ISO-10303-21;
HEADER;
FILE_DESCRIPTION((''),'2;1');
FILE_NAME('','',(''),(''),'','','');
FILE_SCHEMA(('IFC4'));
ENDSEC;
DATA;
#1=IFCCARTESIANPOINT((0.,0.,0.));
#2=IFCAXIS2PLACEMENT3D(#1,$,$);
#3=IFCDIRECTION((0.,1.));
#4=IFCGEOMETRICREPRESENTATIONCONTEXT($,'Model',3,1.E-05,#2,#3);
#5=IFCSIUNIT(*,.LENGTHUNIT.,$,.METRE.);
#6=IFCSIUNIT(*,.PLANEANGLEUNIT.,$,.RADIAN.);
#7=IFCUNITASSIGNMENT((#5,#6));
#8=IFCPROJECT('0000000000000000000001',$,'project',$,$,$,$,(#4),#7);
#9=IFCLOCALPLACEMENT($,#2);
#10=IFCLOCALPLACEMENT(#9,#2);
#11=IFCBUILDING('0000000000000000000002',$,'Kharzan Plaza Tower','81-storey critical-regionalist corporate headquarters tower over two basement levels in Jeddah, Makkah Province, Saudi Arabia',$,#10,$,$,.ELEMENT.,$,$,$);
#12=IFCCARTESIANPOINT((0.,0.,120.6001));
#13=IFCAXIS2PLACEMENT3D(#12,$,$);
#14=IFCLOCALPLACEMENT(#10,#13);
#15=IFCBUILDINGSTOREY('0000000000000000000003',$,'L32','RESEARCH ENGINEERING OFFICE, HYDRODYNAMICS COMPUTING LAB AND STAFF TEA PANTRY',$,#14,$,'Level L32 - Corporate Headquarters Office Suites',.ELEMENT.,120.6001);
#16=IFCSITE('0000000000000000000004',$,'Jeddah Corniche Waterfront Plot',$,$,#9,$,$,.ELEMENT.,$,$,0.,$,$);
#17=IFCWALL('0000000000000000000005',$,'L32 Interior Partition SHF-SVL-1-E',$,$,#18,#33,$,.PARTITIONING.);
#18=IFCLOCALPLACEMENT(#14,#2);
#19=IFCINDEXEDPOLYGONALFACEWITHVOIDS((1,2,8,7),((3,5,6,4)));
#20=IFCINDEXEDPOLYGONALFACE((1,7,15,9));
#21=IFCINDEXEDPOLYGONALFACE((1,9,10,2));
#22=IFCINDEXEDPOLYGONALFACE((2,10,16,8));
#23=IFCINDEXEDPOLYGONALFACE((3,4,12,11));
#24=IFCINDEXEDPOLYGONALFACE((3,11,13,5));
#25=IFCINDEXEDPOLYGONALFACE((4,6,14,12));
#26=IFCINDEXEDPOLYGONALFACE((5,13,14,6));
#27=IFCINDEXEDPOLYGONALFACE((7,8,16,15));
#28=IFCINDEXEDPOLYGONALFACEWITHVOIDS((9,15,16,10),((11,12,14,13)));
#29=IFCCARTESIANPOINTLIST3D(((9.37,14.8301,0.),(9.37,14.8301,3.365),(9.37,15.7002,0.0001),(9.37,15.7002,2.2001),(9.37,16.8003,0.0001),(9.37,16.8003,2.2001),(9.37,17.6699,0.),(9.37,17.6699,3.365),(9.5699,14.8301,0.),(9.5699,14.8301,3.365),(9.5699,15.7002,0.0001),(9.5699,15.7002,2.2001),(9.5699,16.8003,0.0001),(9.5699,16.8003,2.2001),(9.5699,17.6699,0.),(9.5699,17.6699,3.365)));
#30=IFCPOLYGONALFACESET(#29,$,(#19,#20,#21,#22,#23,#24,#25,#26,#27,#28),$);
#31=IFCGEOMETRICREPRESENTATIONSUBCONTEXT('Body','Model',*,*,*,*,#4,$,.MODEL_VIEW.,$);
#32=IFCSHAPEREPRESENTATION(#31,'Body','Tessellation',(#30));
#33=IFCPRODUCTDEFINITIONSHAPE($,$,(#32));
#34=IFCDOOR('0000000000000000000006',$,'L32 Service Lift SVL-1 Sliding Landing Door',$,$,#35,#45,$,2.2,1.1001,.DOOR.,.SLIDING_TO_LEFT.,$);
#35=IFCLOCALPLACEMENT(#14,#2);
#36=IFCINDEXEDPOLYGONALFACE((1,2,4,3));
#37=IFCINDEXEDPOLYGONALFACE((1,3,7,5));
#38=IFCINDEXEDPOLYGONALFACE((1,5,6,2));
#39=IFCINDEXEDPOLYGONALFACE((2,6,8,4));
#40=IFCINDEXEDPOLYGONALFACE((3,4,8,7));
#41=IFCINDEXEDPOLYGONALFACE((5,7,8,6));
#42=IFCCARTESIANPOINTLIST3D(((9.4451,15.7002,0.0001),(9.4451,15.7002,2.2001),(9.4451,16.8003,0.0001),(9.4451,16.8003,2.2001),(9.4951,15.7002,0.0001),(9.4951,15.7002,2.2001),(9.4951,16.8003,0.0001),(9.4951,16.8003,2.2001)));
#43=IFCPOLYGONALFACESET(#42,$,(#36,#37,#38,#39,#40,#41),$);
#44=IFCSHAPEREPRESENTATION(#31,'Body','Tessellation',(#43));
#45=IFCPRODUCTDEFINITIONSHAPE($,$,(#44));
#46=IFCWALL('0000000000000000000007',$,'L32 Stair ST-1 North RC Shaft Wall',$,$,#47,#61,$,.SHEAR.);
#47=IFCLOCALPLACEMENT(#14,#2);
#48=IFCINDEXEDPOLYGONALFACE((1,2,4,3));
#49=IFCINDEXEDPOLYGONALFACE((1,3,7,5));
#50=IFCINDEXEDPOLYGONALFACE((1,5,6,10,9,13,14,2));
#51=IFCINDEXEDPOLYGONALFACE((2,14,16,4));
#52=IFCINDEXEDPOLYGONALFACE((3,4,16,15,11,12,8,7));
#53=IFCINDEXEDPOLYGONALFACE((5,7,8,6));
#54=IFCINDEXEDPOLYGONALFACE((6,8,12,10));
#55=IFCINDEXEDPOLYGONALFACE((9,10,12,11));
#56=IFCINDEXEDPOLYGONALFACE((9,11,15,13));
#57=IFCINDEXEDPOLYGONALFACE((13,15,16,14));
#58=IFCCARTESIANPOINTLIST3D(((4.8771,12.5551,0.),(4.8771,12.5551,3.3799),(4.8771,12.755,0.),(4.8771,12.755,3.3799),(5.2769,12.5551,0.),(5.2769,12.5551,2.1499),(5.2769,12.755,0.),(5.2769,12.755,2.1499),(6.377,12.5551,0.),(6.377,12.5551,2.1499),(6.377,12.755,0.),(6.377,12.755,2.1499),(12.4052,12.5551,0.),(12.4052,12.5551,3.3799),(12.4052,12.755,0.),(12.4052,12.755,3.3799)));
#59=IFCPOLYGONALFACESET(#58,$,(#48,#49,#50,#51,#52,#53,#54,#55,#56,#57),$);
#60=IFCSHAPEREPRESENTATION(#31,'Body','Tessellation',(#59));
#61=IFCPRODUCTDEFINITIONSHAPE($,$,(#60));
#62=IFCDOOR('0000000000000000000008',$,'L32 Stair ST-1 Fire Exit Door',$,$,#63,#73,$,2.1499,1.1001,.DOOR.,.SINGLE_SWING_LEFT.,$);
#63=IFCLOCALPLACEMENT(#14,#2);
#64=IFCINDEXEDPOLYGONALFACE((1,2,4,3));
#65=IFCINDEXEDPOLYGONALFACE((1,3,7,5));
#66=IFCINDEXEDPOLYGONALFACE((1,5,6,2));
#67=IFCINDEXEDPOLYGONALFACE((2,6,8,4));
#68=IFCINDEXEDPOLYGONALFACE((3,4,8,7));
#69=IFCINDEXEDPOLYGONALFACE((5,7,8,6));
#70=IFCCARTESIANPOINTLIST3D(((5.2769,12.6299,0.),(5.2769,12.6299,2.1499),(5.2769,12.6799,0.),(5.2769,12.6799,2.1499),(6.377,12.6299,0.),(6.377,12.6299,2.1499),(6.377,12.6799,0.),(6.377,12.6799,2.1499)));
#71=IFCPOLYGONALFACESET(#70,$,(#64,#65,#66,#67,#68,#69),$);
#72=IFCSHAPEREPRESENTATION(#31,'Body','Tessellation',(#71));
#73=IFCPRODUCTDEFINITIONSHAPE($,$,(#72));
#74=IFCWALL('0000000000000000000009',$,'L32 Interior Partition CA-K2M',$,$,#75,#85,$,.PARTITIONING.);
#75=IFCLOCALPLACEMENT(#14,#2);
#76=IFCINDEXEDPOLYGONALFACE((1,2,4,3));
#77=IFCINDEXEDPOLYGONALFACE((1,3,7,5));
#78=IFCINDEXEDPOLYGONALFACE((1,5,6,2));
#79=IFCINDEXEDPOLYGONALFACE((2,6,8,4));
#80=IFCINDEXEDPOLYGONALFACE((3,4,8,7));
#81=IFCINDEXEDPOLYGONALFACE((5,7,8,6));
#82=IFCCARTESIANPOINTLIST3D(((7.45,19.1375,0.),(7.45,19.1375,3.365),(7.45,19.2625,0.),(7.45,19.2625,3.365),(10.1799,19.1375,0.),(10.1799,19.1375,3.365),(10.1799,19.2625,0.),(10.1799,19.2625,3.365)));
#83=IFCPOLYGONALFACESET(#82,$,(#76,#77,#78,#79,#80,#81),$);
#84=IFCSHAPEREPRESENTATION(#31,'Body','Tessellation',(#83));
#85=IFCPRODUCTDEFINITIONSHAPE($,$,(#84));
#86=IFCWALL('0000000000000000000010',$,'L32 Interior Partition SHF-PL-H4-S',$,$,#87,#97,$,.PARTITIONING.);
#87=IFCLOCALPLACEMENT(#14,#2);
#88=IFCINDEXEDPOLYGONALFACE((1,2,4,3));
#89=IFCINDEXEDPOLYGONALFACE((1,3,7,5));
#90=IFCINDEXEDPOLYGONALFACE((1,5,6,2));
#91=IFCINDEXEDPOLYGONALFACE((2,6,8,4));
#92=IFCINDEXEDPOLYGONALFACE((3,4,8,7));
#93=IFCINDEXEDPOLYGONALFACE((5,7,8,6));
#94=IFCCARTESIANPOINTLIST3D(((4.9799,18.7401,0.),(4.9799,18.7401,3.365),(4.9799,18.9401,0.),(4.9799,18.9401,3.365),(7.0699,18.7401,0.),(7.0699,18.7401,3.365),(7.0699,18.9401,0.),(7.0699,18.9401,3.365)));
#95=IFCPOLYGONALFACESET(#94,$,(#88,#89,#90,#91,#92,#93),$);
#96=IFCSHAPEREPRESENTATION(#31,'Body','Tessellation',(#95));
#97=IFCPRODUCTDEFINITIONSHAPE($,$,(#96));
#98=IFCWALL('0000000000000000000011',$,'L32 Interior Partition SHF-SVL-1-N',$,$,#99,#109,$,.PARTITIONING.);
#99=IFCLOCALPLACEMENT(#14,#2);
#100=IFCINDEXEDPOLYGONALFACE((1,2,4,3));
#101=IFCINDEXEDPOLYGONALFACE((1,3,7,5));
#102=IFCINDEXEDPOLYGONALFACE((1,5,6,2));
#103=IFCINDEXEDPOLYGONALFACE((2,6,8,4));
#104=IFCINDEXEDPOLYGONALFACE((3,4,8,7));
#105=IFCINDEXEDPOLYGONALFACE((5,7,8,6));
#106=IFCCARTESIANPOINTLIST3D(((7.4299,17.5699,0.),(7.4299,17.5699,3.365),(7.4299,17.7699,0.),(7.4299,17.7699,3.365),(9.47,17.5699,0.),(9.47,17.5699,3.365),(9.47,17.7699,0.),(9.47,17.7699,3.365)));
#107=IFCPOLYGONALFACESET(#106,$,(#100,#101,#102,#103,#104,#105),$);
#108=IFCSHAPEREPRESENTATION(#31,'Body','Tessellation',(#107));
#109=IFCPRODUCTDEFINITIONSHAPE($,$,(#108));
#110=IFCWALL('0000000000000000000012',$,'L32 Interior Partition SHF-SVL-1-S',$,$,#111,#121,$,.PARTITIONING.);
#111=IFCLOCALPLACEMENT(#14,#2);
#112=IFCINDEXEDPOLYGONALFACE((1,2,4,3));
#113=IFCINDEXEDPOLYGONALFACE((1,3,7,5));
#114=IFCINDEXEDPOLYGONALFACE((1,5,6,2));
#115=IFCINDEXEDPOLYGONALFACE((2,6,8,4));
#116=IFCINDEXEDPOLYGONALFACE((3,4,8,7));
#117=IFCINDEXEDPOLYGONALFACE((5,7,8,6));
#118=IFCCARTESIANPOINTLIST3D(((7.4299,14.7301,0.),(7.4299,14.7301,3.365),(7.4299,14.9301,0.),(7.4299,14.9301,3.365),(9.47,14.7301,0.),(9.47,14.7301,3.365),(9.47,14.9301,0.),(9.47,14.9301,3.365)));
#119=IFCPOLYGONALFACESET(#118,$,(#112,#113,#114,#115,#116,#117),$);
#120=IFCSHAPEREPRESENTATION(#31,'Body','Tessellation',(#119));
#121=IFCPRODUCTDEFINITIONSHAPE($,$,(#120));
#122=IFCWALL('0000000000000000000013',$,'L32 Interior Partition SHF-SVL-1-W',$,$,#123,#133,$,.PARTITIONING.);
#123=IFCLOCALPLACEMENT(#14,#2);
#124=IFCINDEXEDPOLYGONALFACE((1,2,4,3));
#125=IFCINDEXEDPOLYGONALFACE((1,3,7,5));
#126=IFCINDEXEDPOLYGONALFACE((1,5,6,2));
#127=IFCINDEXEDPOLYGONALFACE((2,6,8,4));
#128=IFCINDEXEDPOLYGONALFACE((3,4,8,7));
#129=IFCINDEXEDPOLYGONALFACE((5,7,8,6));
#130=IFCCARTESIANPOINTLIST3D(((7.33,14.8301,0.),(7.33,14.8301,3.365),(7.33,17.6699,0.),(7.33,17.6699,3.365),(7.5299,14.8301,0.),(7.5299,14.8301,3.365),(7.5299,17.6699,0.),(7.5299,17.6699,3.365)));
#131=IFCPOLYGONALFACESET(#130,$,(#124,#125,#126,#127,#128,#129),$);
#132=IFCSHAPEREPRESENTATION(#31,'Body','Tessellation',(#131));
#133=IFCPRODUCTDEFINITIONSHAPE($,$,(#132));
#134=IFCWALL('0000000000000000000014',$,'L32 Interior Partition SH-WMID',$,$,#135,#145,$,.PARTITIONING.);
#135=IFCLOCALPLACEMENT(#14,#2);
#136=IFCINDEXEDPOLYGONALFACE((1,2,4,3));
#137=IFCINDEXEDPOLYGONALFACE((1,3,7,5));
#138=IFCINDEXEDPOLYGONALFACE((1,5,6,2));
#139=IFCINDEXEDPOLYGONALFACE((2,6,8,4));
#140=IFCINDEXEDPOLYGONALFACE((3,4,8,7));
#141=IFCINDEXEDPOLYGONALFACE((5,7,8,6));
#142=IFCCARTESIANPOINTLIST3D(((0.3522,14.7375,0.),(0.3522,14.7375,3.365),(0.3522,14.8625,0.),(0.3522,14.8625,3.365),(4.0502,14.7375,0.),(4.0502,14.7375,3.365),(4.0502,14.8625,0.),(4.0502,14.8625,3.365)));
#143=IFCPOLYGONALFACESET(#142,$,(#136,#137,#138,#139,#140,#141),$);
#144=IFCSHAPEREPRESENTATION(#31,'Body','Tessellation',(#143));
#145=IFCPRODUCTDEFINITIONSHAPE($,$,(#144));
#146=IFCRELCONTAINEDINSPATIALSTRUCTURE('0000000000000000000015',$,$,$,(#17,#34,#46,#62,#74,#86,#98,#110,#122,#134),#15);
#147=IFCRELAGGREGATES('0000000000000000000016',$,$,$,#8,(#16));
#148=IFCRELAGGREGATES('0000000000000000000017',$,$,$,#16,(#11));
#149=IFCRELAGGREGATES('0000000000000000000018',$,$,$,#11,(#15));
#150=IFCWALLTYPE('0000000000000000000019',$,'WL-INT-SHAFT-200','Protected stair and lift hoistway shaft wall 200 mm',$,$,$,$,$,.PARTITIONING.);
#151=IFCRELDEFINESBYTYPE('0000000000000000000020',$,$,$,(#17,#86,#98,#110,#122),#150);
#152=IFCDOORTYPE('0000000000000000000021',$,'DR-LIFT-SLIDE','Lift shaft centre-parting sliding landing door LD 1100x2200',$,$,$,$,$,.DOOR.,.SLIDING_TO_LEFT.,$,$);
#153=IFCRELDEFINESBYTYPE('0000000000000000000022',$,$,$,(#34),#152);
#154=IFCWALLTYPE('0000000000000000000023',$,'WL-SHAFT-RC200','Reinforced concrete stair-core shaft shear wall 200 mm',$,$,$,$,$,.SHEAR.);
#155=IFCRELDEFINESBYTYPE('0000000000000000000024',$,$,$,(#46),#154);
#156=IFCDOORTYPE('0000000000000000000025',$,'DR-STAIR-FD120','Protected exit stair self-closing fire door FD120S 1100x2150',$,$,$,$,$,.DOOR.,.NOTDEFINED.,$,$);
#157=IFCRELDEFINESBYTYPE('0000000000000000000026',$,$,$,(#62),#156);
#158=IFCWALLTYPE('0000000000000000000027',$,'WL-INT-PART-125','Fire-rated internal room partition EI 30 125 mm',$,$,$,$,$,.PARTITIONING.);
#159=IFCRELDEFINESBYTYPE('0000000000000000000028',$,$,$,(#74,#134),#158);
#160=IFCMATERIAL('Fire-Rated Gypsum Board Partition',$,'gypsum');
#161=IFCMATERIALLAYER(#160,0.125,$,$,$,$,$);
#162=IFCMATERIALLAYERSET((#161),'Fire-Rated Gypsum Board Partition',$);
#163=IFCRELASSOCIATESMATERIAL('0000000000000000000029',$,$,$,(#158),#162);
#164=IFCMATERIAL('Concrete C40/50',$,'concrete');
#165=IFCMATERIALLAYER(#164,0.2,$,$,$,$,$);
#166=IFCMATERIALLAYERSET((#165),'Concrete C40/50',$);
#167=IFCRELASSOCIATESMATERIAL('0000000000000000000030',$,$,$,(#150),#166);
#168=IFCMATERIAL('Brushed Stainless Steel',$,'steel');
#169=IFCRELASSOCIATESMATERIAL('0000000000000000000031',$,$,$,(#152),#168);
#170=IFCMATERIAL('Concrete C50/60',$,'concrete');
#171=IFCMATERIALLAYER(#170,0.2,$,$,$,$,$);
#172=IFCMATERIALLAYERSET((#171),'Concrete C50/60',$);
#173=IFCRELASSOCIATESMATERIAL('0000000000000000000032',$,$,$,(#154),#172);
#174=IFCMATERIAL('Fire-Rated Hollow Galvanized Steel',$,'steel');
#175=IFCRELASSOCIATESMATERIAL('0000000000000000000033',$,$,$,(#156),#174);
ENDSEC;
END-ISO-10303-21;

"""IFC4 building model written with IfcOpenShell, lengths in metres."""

from ifc_helpers import new_model, si_unit, direction, frame, frame_2d, origin, place, context, subcontext, project, spatial, rectangle, extrude, source, transform, mapped, material, layer, layer_set, type_object, element, fill, save


model = new_model("IFC4")

# Units and contexts
model_context = context("Model", 3, precision=1e-05, world=origin(), true_north=direction((0.0, 1.0)))
body_context = subcontext(model_context, "Body", "Model", "MODEL_VIEW")
ifc_project = project(units=[si_unit("LENGTHUNIT", "METRE"), si_unit("PLANEANGLEUNIT", "RADIAN")], contexts=[model_context])

# Site, building, storey
site_placement = place(None, origin())
site = spatial("IfcSite", under=ifc_project, at=site_placement, Name="Jeddah Corniche Waterfront Plot", CompositionType="ELEMENT", RefElevation=0.0)
building_placement = place(site_placement, origin())
building = spatial("IfcBuilding", under=site, at=building_placement, Name="Kharzan Plaza Tower", Description="81-storey critical-regionalist corporate headquarters tower over two basement levels in Jeddah, Makkah Province, Saudi Arabia", CompositionType="ELEMENT")
storey_placement = place(building_placement, frame((0.0, 0.0, 120.6001)))
storey = spatial("IfcBuildingStorey", under=building, at=storey_placement, Name="L32", Description="RESEARCH ENGINEERING OFFICE, HYDRODYNAMICS COMPUTING LAB AND STAFF TEA PANTRY", LongName="Level L32 - Corporate Headquarters Office Suites", CompositionType="ELEMENT", Elevation=120.6001)

# Shared definitions
ifc_material_1 = material(Name="Concrete C40/50", Category="concrete")

# Walls, openings, doors
ifc_material_2 = material(Name="Fire-Rated Gypsum Board Partition", Category="gypsum")
ifc_layer_1 = layer(ifc_material_2, 0.125)
ifc_layer_set_1 = layer_set([ifc_layer_1], Name="Fire-Rated Gypsum Board Partition")
wall_type_1 = type_object("IfcWallType", Name="WL-INT-PART-125", Description="Fire-rated internal room partition EI 30 125 mm", PredefinedType="PARTITIONING", material=ifc_layer_set_1)
ifc_layer_2 = layer(ifc_material_1, 0.2)
ifc_layer_set_2 = layer_set([ifc_layer_2], Name="Concrete C40/50")
wall_type_2 = type_object("IfcWallType", Name="WL-INT-SHAFT-200", Description="Protected stair and lift hoistway shaft wall 200 mm", PredefinedType="PARTITIONING", material=ifc_layer_set_2)
ifc_material_3 = material(Name="Brushed Stainless Steel", Category="steel")
door_type_1 = type_object("IfcDoorType", Name="DR-LIFT-SLIDE", Description="Lift shaft centre-parting sliding landing door LD 1100x2200", OperationType="SLIDING_TO_LEFT", PredefinedType="DOOR", material=ifc_material_3)
shared_shape_1 = source(origin(), body_context, "Body", "SweptSolid", [
    extrude(rectangle(XDim=1.1001, YDim=2.2, at=frame_2d((0.55, 1.1001))), frame((0.0, 0.0249, 0.0), z_axis=(0.0, -1.0, 0.0), x_axis=(1.0, 0.0, 0.0)), (0.0, 0.0, 1.0), 0.05),
])
wall_1_placement = place(storey_placement, frame((9.47, 14.8301, 0.0), z_axis=(0.0, 0.0, 1.0), x_axis=(0.0, 1.0, 0.0)))
wall_1 = element("IfcWall", 1, at=wall_1_placement, inside=storey, type_object=wall_type_2, Name="L32 Interior Partition SHF-SVL-1-E", PredefinedType="PARTITIONING", context=body_context, shape_type="SweptSolid", body=[
    extrude(rectangle(XDim=2.8398, YDim=0.2, at=frame_2d((1.4199, 0.0))), origin(), (0.0, 0.0, 1.0), 3.365),
])
opening_1_placement = place(wall_1_placement, frame((0.8701, 0.0, 0.0)))
opening_1 = element("IfcOpeningElement", 2, at=opening_1_placement, cuts=wall_1, PredefinedType="OPENING", context=body_context, shape_type="SweptSolid", body=[
    extrude(rectangle(XDim=1.1001, YDim=2.2, at=frame_2d((0.55, 1.1001))), frame((0.0, 0.1099, 0.0), z_axis=(0.0, -1.0, 0.0), x_axis=(1.0, 0.0, 0.0)), (0.0, 0.0, 1.0), 0.22),
])
door_1_placement = place(opening_1_placement, origin())
door_1 = element("IfcDoor", 3, at=door_1_placement, inside=storey, type_object=door_type_1, Name="L32 Service Lift SVL-1 Sliding Landing Door", OperationType="SLIDING_TO_LEFT", OverallHeight=2.2, OverallWidth=1.1001, PredefinedType="DOOR", context=body_context, shape_type="MappedRepresentation", body=[
    mapped(shared_shape_1, transform((0.0, 0.0, 0.0), x_axis=(1.0, 0.0, 0.0), y_axis=(0.0, 1.0, 0.0), z_axis=(0.0, 0.0, 1.0))),
])
fill(opening_1, door_1)
ifc_material_4 = material(Name="Concrete C50/60", Category="concrete")
ifc_layer_3 = layer(ifc_material_4, 0.2)
ifc_layer_set_3 = layer_set([ifc_layer_3], Name="Concrete C50/60")
wall_type_3 = type_object("IfcWallType", Name="WL-SHAFT-RC200", Description="Reinforced concrete stair-core shaft shear wall 200 mm", PredefinedType="SHEAR", material=ifc_layer_set_3)
wall_2_placement = place(storey_placement, frame((4.877, 12.655, 0.0), z_axis=(0.0, 0.0, 1.0), x_axis=(1.0, 0.0, 0.0)))
wall_2 = element("IfcWall", 4, at=wall_2_placement, inside=storey, type_object=wall_type_3, Name="L32 Stair ST-1 North RC Shaft Wall", PredefinedType="SHEAR", context=body_context, shape_type="SweptSolid", body=[
    extrude(rectangle(XDim=7.5281, YDim=0.2, at=frame_2d((3.7642, 0.0))), origin(), (0.0, 0.0, 1.0), 3.3799),
])
opening_2_placement = place(wall_2_placement, frame((0.3999, 0.0, 0.0)))
opening_2 = element("IfcOpeningElement", 5, at=opening_2_placement, cuts=wall_2, PredefinedType="OPENING", context=body_context, shape_type="SweptSolid", body=[
    extrude(rectangle(XDim=1.1001, YDim=2.1499, at=frame_2d((0.55, 1.075))), frame((0.0, 0.1099, 0.0), z_axis=(0.0, -1.0, 0.0), x_axis=(1.0, 0.0, 0.0)), (0.0, 0.0, 1.0), 0.22),
])
ifc_material_5 = material(Name="Fire-Rated Hollow Galvanized Steel", Category="steel")
door_type_2 = type_object("IfcDoorType", Name="DR-STAIR-FD120", Description="Protected exit stair self-closing fire door FD120S 1100x2150", OperationType="NOTDEFINED", PredefinedType="DOOR", material=ifc_material_5)
shared_shape_2 = source(origin(), body_context, "Body", "SweptSolid", [
    extrude(rectangle(XDim=1.1001, YDim=2.1499, at=frame_2d((0.55, 1.075))), frame((0.0, 0.0249, 0.0), z_axis=(0.0, -1.0, 0.0), x_axis=(1.0, 0.0, 0.0)), (0.0, 0.0, 1.0), 0.05),
])
door_2_placement = place(opening_2_placement, origin())
door_2 = element("IfcDoor", 6, at=door_2_placement, inside=storey, type_object=door_type_2, Name="L32 Stair ST-1 Fire Exit Door", OperationType="SINGLE_SWING_LEFT", OverallHeight=2.1499, OverallWidth=1.1001, PredefinedType="DOOR", context=body_context, shape_type="MappedRepresentation", body=[
    mapped(shared_shape_2, transform((0.0, 0.0, 0.0), x_axis=(1.0, 0.0, 0.0), y_axis=(0.0, 1.0, 0.0), z_axis=(0.0, 0.0, 1.0))),
])
fill(opening_2, door_2)

# Walls
shared_shape_3 = source(origin(), body_context, "Body", "SweptSolid", [
    extrude(rectangle(XDim=2.73, YDim=0.125, at=frame_2d((1.365, 0.0))), origin(), (0.0, 0.0, 1.0), 3.365),
])
wall_3_placement = place(storey_placement, frame((7.45, 19.2, 0.0), z_axis=(0.0, 0.0, 1.0), x_axis=(1.0, 0.0, 0.0)))
element("IfcWall", 7, at=wall_3_placement, inside=storey, type_object=wall_type_1, Name="L32 Interior Partition CA-K2M", PredefinedType="PARTITIONING", context=body_context, shape_type="MappedRepresentation", body=[
    mapped(shared_shape_3, transform((0.0, 0.0, 0.0), x_axis=(1.0, 0.0, 0.0), y_axis=(0.0, 1.0, 0.0), z_axis=(0.0, 0.0, 1.0))),
])
shared_shape_4 = source(origin(), body_context, "Body", "SweptSolid", [
    extrude(rectangle(XDim=2.0901, YDim=0.2, at=frame_2d((1.0449, 0.0))), origin(), (0.0, 0.0, 1.0), 3.365),
])
wall_4_placement = place(storey_placement, frame((4.98, 18.8401, 0.0), z_axis=(0.0, 0.0, 1.0), x_axis=(1.0, 0.0, 0.0)))
element("IfcWall", 8, at=wall_4_placement, inside=storey, type_object=wall_type_2, Name="L32 Interior Partition SHF-PL-H4-S", PredefinedType="PARTITIONING", context=body_context, shape_type="MappedRepresentation", body=[
    mapped(shared_shape_4, transform((0.0, 0.0, 0.0), x_axis=(1.0, 0.0, 0.0), y_axis=(0.0, 1.0, 0.0), z_axis=(0.0, 0.0, 1.0))),
])
shared_shape_5 = source(origin(), body_context, "Body", "SweptSolid", [
    extrude(rectangle(XDim=2.04, YDim=0.2, at=frame_2d((1.02, 0.0))), origin(), (0.0, 0.0, 1.0), 3.365),
])
for number, where, z_axis, x_axis, name in (
    (9, (7.4299, 17.6699, 0.0), (0.0, 0.0, 1.0), (1.0, 0.0, 0.0), "L32 Interior Partition SHF-SVL-1-N"),
    (10, (7.4299, 14.8301, 0.0), (0.0, 0.0, 1.0), (1.0, 0.0, 0.0), "L32 Interior Partition SHF-SVL-1-S"),
):
    element("IfcWall", number, at=place(storey_placement, frame(where, z_axis=z_axis, x_axis=x_axis)), inside=storey, type_object=wall_type_2, Name=name, PredefinedType="PARTITIONING", context=body_context, shape_type="MappedRepresentation", body=[
        mapped(shared_shape_5, transform((0.0, 0.0, 0.0), x_axis=(1.0, 0.0, 0.0), y_axis=(0.0, 1.0, 0.0), z_axis=(0.0, 0.0, 1.0))),
    ])
shared_shape_6 = source(origin(), body_context, "Body", "SweptSolid", [
    extrude(rectangle(XDim=2.8398, YDim=0.2, at=frame_2d((1.4199, 0.0))), origin(), (0.0, 0.0, 1.0), 3.365),
])
wall_5_placement = place(storey_placement, frame((7.4299, 14.8301, 0.0), z_axis=(0.0, 0.0, 1.0), x_axis=(0.0, 1.0, 0.0)))
element("IfcWall", 11, at=wall_5_placement, inside=storey, type_object=wall_type_2, Name="L32 Interior Partition SHF-SVL-1-W", PredefinedType="PARTITIONING", context=body_context, shape_type="MappedRepresentation", body=[
    mapped(shared_shape_6, transform((0.0, 0.0, 0.0), x_axis=(1.0, 0.0, 0.0), y_axis=(0.0, 1.0, 0.0), z_axis=(0.0, 0.0, 1.0))),
])
shared_shape_7 = source(origin(), body_context, "Body", "SweptSolid", [
    extrude(rectangle(XDim=3.698, YDim=0.125, at=frame_2d((1.8491, 0.0))), origin(), (0.0, 0.0, 1.0), 3.365),
])
wall_6_placement = place(storey_placement, frame((0.3521, 14.8, 0.0), z_axis=(0.0, 0.0, 1.0), x_axis=(1.0, 0.0, 0.0)))
element("IfcWall", 12, at=wall_6_placement, inside=storey, type_object=wall_type_1, Name="L32 Interior Partition SH-WMID", PredefinedType="PARTITIONING", context=body_context, shape_type="MappedRepresentation", body=[
    mapped(shared_shape_7, transform((0.0, 0.0, 0.0), x_axis=(1.0, 0.0, 0.0), y_axis=(0.0, 1.0, 0.0), z_axis=(0.0, 0.0, 1.0))),
])

save(model, "model.ifc")
